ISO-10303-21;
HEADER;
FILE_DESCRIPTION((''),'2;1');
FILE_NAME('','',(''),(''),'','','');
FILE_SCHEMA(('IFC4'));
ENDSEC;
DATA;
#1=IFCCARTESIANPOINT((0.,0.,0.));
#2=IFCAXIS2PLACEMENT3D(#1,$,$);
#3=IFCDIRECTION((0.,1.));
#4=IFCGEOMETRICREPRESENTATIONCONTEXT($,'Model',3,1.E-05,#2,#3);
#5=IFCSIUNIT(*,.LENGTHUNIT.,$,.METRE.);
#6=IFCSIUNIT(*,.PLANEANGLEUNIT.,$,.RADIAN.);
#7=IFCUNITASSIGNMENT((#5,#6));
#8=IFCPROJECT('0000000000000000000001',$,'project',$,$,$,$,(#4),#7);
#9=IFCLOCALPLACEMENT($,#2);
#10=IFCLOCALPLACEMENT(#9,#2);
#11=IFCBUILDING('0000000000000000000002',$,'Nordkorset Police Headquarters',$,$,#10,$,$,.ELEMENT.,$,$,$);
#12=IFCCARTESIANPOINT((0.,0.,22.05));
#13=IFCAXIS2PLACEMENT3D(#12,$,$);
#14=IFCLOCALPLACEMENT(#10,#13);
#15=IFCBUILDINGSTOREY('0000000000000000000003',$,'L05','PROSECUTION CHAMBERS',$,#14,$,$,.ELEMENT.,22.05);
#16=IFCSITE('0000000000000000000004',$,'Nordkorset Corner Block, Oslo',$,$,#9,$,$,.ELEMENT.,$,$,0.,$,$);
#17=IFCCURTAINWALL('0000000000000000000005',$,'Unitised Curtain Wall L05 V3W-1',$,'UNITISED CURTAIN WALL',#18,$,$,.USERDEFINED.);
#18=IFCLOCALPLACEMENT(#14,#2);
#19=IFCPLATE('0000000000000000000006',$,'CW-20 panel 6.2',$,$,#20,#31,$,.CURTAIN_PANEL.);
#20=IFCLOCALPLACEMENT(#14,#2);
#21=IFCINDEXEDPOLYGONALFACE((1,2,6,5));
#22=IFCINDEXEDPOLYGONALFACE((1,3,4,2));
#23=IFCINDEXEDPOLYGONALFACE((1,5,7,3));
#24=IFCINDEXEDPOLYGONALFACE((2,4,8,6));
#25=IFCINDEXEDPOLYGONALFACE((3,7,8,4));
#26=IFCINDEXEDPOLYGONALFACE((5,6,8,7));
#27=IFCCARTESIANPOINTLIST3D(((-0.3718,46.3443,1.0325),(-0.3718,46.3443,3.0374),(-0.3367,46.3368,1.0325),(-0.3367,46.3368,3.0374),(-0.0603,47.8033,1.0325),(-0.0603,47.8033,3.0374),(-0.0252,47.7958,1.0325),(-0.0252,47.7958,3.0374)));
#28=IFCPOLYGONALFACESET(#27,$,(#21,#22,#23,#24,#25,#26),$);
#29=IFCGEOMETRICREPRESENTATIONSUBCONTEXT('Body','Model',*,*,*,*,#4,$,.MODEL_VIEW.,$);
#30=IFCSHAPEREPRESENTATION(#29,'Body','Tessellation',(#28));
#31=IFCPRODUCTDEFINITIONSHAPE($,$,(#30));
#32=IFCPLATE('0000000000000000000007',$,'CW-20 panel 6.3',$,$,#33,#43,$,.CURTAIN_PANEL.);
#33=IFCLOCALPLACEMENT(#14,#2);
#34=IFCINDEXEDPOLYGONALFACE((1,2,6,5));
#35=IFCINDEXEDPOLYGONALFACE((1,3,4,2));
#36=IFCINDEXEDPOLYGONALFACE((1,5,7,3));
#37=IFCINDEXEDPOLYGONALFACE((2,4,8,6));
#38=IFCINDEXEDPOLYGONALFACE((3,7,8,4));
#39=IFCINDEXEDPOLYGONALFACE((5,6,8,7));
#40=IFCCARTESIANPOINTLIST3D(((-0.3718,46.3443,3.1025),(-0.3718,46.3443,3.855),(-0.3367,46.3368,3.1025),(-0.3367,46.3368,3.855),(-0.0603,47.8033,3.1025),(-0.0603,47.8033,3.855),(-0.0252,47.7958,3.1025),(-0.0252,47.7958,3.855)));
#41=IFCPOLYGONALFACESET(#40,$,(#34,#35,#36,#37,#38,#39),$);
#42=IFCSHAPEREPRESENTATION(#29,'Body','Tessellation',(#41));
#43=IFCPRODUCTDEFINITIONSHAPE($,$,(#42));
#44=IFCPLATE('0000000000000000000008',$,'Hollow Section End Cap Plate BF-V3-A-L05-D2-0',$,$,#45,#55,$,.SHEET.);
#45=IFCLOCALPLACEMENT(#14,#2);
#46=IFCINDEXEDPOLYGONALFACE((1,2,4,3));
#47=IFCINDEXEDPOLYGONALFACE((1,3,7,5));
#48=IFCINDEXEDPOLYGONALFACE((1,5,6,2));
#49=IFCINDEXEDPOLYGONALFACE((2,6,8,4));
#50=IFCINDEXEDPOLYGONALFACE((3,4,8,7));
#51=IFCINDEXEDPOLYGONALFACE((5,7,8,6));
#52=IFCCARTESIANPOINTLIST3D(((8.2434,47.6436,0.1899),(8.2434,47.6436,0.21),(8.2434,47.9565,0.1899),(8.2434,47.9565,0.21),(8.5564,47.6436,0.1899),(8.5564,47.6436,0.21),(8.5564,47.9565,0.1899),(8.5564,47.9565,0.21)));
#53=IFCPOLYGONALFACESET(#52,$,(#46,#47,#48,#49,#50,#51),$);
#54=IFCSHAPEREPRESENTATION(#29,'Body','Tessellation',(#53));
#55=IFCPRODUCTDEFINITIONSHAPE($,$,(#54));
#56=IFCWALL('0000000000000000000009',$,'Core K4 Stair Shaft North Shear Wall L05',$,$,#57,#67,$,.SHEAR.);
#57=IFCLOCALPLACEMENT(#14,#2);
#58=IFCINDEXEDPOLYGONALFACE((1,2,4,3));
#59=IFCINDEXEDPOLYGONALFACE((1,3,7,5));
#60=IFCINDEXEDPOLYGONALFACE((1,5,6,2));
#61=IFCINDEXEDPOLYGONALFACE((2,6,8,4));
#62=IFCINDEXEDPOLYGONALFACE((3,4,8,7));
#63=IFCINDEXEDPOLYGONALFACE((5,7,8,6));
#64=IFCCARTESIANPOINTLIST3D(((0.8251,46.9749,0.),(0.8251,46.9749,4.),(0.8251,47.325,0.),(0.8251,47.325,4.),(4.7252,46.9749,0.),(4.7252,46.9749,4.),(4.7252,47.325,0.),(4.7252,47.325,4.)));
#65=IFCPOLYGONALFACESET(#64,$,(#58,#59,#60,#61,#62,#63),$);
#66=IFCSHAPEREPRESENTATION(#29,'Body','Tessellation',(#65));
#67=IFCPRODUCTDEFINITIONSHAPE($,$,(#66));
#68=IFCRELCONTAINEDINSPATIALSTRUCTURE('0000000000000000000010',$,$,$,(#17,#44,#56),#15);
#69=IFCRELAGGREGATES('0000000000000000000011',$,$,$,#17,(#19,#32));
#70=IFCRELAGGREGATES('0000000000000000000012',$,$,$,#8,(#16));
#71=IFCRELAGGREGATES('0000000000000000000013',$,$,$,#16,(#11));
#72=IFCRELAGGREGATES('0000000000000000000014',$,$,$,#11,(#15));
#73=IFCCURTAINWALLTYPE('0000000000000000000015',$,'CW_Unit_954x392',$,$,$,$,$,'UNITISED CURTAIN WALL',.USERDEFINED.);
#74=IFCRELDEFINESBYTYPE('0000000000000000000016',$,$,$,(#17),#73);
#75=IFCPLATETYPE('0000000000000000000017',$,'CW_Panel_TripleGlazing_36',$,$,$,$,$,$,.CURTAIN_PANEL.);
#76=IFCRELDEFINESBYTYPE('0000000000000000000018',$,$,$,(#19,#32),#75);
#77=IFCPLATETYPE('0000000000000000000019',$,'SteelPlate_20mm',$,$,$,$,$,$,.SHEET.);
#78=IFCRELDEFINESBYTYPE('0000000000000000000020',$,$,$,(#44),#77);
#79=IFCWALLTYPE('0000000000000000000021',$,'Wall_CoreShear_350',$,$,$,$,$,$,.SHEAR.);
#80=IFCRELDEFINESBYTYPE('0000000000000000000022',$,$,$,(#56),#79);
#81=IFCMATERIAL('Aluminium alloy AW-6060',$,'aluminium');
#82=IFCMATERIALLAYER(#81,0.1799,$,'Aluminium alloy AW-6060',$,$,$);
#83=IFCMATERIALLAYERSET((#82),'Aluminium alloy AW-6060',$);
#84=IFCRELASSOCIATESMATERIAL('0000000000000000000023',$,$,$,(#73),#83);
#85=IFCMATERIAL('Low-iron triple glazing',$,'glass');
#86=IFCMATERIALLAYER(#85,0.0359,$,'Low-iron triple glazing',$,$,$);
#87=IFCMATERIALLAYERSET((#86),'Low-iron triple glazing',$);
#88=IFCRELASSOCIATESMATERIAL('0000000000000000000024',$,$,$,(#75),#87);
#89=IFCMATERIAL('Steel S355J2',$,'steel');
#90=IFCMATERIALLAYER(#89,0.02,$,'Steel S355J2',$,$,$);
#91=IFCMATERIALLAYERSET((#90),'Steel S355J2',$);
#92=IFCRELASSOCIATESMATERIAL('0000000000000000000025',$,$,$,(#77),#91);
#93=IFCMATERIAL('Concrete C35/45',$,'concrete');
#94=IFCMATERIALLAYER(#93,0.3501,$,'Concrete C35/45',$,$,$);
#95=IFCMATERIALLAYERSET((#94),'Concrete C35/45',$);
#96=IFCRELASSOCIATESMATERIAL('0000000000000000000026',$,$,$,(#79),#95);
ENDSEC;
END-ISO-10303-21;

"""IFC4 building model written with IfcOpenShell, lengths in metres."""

from ifc_helpers import new_model, si_unit, direction, frame, frame_2d, origin, origin_2d, place, context, subcontext, project, spatial, rectangle, extrude, material, layer, layer_set, type_object, element, aggregate, save


model = new_model("IFC4")

# Units and contexts
model_context = context("Model", 3, precision=1e-05, world=origin(), true_north=direction((0.0, 1.0)))
body_context = subcontext(model_context, "Body", "Model", "MODEL_VIEW")
ifc_project = project(units=[si_unit("LENGTHUNIT", "METRE"), si_unit("PLANEANGLEUNIT", "RADIAN")], contexts=[model_context])

# Site, building, storey
site_placement = place(None, origin())
site = spatial("IfcSite", under=ifc_project, at=site_placement, Name="Nordkorset Corner Block, Oslo", CompositionType="ELEMENT", RefElevation=0.0)
building_placement = place(site_placement, origin())
building = spatial("IfcBuilding", under=site, at=building_placement, Name="Nordkorset Police Headquarters", CompositionType="ELEMENT")
storey_placement = place(building_placement, frame((0.0, 0.0, 22.05)))
storey = spatial("IfcBuildingStorey", under=building, at=storey_placement, Name="L05", Description="PROSECUTION CHAMBERS", CompositionType="ELEMENT", Elevation=22.05)

# Curtain wall
ifc_material_1 = material(Name="Aluminium alloy AW-6060", Category="aluminium")
ifc_layer_1 = layer(ifc_material_1, 0.1799, Name="Aluminium alloy AW-6060")
ifc_layer_set_1 = layer_set([ifc_layer_1], Name="Aluminium alloy AW-6060")
curtain_wall_type = type_object("IfcCurtainWallType", Name="CW_Unit_954x392", ElementType="UNITISED CURTAIN WALL", PredefinedType="USERDEFINED", material=ifc_layer_set_1)
curtain_wall_placement = place(storey_placement, origin())
curtain_wall = element("IfcCurtainWall", 1, at=curtain_wall_placement, inside=storey, type_object=curtain_wall_type, Name="Unitised Curtain Wall L05 V3W-1", ObjectType="UNITISED CURTAIN WALL", PredefinedType="USERDEFINED")

# Plates
ifc_material_2 = material(Name="Low-iron triple glazing", Category="glass")
ifc_layer_2 = layer(ifc_material_2, 0.0359, Name="Low-iron triple glazing")
ifc_layer_set_2 = layer_set([ifc_layer_2], Name="Low-iron triple glazing")
plate_type_1 = type_object("IfcPlateType", Name="CW_Panel_TripleGlazing_36", PredefinedType="CURTAIN_PANEL", material=ifc_layer_set_2)
plate_1_placement = place(storey_placement, frame((-0.1985, 47.0701, 1.0325), z_axis=(0.0, 0.0, 1.0), x_axis=(0.208833, 0.977951, 0.0)))
plate_1 = element("IfcPlate", 2, at=plate_1_placement, type_object=plate_type_1, Name="CW-20 panel 6.2", PredefinedType="CURTAIN_PANEL", context=body_context, shape_type="SweptSolid", body=[
    extrude(rectangle(XDim=1.4919, YDim=0.0359, at=origin_2d()), origin(), (0.0, 0.0, 1.0), 2.0049),
])
plate_2_placement = place(storey_placement, frame((-0.1985, 47.0701, 3.1025), z_axis=(0.0, 0.0, 1.0), x_axis=(0.208833, 0.977951, 0.0)))
plate_2 = element("IfcPlate", 3, at=plate_2_placement, type_object=plate_type_1, Name="CW-20 panel 6.3", PredefinedType="CURTAIN_PANEL", context=body_context, shape_type="SweptSolid", body=[
    extrude(rectangle(XDim=1.4919, YDim=0.0359, at=origin_2d()), origin(), (0.0, 0.0, 1.0), 0.7524),
])
aggregate(curtain_wall, [plate_1, plate_2])
ifc_material_3 = material(Name="Steel S355J2", Category="steel")
ifc_layer_3 = layer(ifc_material_3, 0.02, Name="Steel S355J2")
ifc_layer_set_3 = layer_set([ifc_layer_3], Name="Steel S355J2")
plate_type_2 = type_object("IfcPlateType", Name="SteelPlate_20mm", PredefinedType="SHEET", material=ifc_layer_set_3)
plate_3_placement = place(storey_placement, frame((8.3999, 47.8, 0.1899), z_axis=(0.0, 0.0, 1.0), x_axis=(1.0, 0.0, 0.0)))
element("IfcPlate", 4, at=plate_3_placement, inside=storey, type_object=plate_type_2, Name="Hollow Section End Cap Plate BF-V3-A-L05-D2-0", PredefinedType="SHEET", context=body_context, shape_type="SweptSolid", body=[
    extrude(rectangle(XDim=0.313, YDim=0.313, at=origin_2d()), origin(), (0.0, 0.0, 1.0), 0.02),
])

# Wall
ifc_material_4 = material(Name="Concrete C35/45", Category="concrete")
ifc_layer_4 = layer(ifc_material_4, 0.3501, Name="Concrete C35/45")
ifc_layer_set_4 = layer_set([ifc_layer_4], Name="Concrete C35/45")
wall_type = type_object("IfcWallType", Name="Wall_CoreShear_350", PredefinedType="SHEAR", material=ifc_layer_set_4)
wall_placement = place(storey_placement, frame((0.825, 47.1499, 0.0), z_axis=(0.0, 0.0, 1.0), x_axis=(1.0, 0.0, 0.0)))
element("IfcWall", 5, at=wall_placement, inside=storey, type_object=wall_type, Name="Core K4 Stair Shaft North Shear Wall L05", PredefinedType="SHEAR", context=body_context, shape_type="SweptSolid", body=[
    extrude(rectangle(XDim=3.9001, YDim=0.3501, at=frame_2d((1.9502, 0.0))), origin(), (0.0, 0.0, 1.0), 4.0),
])

save(model, "model.ifc")
